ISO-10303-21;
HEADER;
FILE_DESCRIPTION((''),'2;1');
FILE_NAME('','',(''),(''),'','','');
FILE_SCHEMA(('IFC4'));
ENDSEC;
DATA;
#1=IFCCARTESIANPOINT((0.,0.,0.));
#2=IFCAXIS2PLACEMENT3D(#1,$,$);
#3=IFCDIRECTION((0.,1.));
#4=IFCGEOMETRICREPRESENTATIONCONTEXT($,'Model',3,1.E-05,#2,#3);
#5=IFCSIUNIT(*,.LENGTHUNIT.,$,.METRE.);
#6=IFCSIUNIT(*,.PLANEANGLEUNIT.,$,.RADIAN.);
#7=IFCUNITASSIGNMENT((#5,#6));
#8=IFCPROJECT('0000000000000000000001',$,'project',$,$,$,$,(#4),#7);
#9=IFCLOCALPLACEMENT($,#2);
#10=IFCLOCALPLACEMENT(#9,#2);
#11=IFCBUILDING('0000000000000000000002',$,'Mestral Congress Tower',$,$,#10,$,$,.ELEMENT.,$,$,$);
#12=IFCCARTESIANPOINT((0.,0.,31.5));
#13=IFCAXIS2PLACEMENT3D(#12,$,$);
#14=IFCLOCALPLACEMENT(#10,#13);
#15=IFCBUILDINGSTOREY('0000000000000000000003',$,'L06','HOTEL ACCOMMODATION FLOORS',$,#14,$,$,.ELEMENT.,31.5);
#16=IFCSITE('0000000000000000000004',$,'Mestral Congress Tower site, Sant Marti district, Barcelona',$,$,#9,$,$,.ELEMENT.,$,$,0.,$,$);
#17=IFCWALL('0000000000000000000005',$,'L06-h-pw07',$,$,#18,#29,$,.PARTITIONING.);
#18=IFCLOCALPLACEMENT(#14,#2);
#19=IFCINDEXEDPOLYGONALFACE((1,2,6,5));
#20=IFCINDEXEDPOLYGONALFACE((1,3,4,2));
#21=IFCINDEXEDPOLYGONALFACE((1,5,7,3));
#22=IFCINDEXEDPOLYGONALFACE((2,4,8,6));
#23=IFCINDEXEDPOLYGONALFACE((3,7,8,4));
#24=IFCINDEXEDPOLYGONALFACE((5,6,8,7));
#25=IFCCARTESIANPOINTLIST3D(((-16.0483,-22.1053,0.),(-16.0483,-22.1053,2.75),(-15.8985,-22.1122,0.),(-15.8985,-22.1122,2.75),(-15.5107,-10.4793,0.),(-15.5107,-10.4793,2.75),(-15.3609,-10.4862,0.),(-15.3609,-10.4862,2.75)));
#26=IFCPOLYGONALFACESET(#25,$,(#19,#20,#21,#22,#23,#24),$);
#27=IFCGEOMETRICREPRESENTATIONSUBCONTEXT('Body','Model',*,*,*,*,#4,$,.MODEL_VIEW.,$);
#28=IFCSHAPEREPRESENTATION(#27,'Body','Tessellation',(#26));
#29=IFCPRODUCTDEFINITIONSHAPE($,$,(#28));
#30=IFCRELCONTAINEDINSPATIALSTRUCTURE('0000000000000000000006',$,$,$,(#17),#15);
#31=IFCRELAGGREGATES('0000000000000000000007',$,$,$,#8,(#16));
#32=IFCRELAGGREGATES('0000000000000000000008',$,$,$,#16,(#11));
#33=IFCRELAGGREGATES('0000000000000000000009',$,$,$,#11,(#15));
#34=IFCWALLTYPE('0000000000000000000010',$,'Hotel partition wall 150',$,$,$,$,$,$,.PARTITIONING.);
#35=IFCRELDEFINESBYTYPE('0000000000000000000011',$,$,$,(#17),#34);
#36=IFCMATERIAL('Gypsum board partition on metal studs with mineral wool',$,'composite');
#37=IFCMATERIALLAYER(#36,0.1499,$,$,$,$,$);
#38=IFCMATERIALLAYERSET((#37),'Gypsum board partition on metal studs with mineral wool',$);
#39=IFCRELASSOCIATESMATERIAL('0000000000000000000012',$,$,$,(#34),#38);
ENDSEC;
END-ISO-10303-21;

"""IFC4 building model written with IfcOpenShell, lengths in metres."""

from ifc_helpers import new_model, si_unit, direction, frame, frame_2d, origin, place, context, subcontext, project, spatial, rectangle, extrude, material, layer, layer_set, type_object, element, save


model = new_model("IFC4")

# Units and contexts
model_context = context("Model", 3, precision=1e-05, world=origin(), true_north=direction((0.0, 1.0)))
body_context = subcontext(model_context, "Body", "Model", "MODEL_VIEW")
ifc_project = project(units=[si_unit("LENGTHUNIT", "METRE"), si_unit("PLANEANGLEUNIT", "RADIAN")], contexts=[model_context])

# Site, building, storey
site_placement = place(None, origin())
site = spatial("IfcSite", under=ifc_project, at=site_placement, Name="Mestral Congress Tower site, Sant Marti district, Barcelona", CompositionType="ELEMENT", RefElevation=0.0)
building_placement = place(site_placement, origin())
building = spatial("IfcBuilding", under=site, at=building_placement, Name="Mestral Congress Tower", CompositionType="ELEMENT")
storey_placement = place(building_placement, frame((0.0, 0.0, 31.5)))
storey = spatial("IfcBuildingStorey", under=building, at=storey_placement, Name="L06", Description="HOTEL ACCOMMODATION FLOORS", CompositionType="ELEMENT", Elevation=31.5)

# Shared definitions
ifc_material_1 = material(Name="Gypsum board partition on metal studs with mineral wool", Category="composite")

# Wall
ifc_layer_1 = layer(ifc_material_1, 0.1499)
ifc_layer_set_1 = layer_set([ifc_layer_1], Name="Gypsum board partition on metal studs with mineral wool")
wall_type_1 = type_object("IfcWallType", Name="Hotel partition wall 150", PredefinedType="PARTITIONING", material=ifc_layer_set_1)
wall_1_placement = place(storey_placement, frame((-15.9734, -22.1089, 0.0), z_axis=(0.0, 0.0, 1.0), x_axis=(0.046192, 0.998933, 0.0)))
element("IfcWall", 1, at=wall_1_placement, inside=storey, type_object=wall_type_1, Name="L06-h-pw07", PredefinedType="PARTITIONING", context=body_context, shape_type="SweptSolid", body=[
    extrude(rectangle(XDim=11.6384, YDim=0.1499, at=frame_2d((5.8193, 0.0))), origin(), (0.0, 0.0, 1.0), 2.75),
])

save(model, "model.ifc")
